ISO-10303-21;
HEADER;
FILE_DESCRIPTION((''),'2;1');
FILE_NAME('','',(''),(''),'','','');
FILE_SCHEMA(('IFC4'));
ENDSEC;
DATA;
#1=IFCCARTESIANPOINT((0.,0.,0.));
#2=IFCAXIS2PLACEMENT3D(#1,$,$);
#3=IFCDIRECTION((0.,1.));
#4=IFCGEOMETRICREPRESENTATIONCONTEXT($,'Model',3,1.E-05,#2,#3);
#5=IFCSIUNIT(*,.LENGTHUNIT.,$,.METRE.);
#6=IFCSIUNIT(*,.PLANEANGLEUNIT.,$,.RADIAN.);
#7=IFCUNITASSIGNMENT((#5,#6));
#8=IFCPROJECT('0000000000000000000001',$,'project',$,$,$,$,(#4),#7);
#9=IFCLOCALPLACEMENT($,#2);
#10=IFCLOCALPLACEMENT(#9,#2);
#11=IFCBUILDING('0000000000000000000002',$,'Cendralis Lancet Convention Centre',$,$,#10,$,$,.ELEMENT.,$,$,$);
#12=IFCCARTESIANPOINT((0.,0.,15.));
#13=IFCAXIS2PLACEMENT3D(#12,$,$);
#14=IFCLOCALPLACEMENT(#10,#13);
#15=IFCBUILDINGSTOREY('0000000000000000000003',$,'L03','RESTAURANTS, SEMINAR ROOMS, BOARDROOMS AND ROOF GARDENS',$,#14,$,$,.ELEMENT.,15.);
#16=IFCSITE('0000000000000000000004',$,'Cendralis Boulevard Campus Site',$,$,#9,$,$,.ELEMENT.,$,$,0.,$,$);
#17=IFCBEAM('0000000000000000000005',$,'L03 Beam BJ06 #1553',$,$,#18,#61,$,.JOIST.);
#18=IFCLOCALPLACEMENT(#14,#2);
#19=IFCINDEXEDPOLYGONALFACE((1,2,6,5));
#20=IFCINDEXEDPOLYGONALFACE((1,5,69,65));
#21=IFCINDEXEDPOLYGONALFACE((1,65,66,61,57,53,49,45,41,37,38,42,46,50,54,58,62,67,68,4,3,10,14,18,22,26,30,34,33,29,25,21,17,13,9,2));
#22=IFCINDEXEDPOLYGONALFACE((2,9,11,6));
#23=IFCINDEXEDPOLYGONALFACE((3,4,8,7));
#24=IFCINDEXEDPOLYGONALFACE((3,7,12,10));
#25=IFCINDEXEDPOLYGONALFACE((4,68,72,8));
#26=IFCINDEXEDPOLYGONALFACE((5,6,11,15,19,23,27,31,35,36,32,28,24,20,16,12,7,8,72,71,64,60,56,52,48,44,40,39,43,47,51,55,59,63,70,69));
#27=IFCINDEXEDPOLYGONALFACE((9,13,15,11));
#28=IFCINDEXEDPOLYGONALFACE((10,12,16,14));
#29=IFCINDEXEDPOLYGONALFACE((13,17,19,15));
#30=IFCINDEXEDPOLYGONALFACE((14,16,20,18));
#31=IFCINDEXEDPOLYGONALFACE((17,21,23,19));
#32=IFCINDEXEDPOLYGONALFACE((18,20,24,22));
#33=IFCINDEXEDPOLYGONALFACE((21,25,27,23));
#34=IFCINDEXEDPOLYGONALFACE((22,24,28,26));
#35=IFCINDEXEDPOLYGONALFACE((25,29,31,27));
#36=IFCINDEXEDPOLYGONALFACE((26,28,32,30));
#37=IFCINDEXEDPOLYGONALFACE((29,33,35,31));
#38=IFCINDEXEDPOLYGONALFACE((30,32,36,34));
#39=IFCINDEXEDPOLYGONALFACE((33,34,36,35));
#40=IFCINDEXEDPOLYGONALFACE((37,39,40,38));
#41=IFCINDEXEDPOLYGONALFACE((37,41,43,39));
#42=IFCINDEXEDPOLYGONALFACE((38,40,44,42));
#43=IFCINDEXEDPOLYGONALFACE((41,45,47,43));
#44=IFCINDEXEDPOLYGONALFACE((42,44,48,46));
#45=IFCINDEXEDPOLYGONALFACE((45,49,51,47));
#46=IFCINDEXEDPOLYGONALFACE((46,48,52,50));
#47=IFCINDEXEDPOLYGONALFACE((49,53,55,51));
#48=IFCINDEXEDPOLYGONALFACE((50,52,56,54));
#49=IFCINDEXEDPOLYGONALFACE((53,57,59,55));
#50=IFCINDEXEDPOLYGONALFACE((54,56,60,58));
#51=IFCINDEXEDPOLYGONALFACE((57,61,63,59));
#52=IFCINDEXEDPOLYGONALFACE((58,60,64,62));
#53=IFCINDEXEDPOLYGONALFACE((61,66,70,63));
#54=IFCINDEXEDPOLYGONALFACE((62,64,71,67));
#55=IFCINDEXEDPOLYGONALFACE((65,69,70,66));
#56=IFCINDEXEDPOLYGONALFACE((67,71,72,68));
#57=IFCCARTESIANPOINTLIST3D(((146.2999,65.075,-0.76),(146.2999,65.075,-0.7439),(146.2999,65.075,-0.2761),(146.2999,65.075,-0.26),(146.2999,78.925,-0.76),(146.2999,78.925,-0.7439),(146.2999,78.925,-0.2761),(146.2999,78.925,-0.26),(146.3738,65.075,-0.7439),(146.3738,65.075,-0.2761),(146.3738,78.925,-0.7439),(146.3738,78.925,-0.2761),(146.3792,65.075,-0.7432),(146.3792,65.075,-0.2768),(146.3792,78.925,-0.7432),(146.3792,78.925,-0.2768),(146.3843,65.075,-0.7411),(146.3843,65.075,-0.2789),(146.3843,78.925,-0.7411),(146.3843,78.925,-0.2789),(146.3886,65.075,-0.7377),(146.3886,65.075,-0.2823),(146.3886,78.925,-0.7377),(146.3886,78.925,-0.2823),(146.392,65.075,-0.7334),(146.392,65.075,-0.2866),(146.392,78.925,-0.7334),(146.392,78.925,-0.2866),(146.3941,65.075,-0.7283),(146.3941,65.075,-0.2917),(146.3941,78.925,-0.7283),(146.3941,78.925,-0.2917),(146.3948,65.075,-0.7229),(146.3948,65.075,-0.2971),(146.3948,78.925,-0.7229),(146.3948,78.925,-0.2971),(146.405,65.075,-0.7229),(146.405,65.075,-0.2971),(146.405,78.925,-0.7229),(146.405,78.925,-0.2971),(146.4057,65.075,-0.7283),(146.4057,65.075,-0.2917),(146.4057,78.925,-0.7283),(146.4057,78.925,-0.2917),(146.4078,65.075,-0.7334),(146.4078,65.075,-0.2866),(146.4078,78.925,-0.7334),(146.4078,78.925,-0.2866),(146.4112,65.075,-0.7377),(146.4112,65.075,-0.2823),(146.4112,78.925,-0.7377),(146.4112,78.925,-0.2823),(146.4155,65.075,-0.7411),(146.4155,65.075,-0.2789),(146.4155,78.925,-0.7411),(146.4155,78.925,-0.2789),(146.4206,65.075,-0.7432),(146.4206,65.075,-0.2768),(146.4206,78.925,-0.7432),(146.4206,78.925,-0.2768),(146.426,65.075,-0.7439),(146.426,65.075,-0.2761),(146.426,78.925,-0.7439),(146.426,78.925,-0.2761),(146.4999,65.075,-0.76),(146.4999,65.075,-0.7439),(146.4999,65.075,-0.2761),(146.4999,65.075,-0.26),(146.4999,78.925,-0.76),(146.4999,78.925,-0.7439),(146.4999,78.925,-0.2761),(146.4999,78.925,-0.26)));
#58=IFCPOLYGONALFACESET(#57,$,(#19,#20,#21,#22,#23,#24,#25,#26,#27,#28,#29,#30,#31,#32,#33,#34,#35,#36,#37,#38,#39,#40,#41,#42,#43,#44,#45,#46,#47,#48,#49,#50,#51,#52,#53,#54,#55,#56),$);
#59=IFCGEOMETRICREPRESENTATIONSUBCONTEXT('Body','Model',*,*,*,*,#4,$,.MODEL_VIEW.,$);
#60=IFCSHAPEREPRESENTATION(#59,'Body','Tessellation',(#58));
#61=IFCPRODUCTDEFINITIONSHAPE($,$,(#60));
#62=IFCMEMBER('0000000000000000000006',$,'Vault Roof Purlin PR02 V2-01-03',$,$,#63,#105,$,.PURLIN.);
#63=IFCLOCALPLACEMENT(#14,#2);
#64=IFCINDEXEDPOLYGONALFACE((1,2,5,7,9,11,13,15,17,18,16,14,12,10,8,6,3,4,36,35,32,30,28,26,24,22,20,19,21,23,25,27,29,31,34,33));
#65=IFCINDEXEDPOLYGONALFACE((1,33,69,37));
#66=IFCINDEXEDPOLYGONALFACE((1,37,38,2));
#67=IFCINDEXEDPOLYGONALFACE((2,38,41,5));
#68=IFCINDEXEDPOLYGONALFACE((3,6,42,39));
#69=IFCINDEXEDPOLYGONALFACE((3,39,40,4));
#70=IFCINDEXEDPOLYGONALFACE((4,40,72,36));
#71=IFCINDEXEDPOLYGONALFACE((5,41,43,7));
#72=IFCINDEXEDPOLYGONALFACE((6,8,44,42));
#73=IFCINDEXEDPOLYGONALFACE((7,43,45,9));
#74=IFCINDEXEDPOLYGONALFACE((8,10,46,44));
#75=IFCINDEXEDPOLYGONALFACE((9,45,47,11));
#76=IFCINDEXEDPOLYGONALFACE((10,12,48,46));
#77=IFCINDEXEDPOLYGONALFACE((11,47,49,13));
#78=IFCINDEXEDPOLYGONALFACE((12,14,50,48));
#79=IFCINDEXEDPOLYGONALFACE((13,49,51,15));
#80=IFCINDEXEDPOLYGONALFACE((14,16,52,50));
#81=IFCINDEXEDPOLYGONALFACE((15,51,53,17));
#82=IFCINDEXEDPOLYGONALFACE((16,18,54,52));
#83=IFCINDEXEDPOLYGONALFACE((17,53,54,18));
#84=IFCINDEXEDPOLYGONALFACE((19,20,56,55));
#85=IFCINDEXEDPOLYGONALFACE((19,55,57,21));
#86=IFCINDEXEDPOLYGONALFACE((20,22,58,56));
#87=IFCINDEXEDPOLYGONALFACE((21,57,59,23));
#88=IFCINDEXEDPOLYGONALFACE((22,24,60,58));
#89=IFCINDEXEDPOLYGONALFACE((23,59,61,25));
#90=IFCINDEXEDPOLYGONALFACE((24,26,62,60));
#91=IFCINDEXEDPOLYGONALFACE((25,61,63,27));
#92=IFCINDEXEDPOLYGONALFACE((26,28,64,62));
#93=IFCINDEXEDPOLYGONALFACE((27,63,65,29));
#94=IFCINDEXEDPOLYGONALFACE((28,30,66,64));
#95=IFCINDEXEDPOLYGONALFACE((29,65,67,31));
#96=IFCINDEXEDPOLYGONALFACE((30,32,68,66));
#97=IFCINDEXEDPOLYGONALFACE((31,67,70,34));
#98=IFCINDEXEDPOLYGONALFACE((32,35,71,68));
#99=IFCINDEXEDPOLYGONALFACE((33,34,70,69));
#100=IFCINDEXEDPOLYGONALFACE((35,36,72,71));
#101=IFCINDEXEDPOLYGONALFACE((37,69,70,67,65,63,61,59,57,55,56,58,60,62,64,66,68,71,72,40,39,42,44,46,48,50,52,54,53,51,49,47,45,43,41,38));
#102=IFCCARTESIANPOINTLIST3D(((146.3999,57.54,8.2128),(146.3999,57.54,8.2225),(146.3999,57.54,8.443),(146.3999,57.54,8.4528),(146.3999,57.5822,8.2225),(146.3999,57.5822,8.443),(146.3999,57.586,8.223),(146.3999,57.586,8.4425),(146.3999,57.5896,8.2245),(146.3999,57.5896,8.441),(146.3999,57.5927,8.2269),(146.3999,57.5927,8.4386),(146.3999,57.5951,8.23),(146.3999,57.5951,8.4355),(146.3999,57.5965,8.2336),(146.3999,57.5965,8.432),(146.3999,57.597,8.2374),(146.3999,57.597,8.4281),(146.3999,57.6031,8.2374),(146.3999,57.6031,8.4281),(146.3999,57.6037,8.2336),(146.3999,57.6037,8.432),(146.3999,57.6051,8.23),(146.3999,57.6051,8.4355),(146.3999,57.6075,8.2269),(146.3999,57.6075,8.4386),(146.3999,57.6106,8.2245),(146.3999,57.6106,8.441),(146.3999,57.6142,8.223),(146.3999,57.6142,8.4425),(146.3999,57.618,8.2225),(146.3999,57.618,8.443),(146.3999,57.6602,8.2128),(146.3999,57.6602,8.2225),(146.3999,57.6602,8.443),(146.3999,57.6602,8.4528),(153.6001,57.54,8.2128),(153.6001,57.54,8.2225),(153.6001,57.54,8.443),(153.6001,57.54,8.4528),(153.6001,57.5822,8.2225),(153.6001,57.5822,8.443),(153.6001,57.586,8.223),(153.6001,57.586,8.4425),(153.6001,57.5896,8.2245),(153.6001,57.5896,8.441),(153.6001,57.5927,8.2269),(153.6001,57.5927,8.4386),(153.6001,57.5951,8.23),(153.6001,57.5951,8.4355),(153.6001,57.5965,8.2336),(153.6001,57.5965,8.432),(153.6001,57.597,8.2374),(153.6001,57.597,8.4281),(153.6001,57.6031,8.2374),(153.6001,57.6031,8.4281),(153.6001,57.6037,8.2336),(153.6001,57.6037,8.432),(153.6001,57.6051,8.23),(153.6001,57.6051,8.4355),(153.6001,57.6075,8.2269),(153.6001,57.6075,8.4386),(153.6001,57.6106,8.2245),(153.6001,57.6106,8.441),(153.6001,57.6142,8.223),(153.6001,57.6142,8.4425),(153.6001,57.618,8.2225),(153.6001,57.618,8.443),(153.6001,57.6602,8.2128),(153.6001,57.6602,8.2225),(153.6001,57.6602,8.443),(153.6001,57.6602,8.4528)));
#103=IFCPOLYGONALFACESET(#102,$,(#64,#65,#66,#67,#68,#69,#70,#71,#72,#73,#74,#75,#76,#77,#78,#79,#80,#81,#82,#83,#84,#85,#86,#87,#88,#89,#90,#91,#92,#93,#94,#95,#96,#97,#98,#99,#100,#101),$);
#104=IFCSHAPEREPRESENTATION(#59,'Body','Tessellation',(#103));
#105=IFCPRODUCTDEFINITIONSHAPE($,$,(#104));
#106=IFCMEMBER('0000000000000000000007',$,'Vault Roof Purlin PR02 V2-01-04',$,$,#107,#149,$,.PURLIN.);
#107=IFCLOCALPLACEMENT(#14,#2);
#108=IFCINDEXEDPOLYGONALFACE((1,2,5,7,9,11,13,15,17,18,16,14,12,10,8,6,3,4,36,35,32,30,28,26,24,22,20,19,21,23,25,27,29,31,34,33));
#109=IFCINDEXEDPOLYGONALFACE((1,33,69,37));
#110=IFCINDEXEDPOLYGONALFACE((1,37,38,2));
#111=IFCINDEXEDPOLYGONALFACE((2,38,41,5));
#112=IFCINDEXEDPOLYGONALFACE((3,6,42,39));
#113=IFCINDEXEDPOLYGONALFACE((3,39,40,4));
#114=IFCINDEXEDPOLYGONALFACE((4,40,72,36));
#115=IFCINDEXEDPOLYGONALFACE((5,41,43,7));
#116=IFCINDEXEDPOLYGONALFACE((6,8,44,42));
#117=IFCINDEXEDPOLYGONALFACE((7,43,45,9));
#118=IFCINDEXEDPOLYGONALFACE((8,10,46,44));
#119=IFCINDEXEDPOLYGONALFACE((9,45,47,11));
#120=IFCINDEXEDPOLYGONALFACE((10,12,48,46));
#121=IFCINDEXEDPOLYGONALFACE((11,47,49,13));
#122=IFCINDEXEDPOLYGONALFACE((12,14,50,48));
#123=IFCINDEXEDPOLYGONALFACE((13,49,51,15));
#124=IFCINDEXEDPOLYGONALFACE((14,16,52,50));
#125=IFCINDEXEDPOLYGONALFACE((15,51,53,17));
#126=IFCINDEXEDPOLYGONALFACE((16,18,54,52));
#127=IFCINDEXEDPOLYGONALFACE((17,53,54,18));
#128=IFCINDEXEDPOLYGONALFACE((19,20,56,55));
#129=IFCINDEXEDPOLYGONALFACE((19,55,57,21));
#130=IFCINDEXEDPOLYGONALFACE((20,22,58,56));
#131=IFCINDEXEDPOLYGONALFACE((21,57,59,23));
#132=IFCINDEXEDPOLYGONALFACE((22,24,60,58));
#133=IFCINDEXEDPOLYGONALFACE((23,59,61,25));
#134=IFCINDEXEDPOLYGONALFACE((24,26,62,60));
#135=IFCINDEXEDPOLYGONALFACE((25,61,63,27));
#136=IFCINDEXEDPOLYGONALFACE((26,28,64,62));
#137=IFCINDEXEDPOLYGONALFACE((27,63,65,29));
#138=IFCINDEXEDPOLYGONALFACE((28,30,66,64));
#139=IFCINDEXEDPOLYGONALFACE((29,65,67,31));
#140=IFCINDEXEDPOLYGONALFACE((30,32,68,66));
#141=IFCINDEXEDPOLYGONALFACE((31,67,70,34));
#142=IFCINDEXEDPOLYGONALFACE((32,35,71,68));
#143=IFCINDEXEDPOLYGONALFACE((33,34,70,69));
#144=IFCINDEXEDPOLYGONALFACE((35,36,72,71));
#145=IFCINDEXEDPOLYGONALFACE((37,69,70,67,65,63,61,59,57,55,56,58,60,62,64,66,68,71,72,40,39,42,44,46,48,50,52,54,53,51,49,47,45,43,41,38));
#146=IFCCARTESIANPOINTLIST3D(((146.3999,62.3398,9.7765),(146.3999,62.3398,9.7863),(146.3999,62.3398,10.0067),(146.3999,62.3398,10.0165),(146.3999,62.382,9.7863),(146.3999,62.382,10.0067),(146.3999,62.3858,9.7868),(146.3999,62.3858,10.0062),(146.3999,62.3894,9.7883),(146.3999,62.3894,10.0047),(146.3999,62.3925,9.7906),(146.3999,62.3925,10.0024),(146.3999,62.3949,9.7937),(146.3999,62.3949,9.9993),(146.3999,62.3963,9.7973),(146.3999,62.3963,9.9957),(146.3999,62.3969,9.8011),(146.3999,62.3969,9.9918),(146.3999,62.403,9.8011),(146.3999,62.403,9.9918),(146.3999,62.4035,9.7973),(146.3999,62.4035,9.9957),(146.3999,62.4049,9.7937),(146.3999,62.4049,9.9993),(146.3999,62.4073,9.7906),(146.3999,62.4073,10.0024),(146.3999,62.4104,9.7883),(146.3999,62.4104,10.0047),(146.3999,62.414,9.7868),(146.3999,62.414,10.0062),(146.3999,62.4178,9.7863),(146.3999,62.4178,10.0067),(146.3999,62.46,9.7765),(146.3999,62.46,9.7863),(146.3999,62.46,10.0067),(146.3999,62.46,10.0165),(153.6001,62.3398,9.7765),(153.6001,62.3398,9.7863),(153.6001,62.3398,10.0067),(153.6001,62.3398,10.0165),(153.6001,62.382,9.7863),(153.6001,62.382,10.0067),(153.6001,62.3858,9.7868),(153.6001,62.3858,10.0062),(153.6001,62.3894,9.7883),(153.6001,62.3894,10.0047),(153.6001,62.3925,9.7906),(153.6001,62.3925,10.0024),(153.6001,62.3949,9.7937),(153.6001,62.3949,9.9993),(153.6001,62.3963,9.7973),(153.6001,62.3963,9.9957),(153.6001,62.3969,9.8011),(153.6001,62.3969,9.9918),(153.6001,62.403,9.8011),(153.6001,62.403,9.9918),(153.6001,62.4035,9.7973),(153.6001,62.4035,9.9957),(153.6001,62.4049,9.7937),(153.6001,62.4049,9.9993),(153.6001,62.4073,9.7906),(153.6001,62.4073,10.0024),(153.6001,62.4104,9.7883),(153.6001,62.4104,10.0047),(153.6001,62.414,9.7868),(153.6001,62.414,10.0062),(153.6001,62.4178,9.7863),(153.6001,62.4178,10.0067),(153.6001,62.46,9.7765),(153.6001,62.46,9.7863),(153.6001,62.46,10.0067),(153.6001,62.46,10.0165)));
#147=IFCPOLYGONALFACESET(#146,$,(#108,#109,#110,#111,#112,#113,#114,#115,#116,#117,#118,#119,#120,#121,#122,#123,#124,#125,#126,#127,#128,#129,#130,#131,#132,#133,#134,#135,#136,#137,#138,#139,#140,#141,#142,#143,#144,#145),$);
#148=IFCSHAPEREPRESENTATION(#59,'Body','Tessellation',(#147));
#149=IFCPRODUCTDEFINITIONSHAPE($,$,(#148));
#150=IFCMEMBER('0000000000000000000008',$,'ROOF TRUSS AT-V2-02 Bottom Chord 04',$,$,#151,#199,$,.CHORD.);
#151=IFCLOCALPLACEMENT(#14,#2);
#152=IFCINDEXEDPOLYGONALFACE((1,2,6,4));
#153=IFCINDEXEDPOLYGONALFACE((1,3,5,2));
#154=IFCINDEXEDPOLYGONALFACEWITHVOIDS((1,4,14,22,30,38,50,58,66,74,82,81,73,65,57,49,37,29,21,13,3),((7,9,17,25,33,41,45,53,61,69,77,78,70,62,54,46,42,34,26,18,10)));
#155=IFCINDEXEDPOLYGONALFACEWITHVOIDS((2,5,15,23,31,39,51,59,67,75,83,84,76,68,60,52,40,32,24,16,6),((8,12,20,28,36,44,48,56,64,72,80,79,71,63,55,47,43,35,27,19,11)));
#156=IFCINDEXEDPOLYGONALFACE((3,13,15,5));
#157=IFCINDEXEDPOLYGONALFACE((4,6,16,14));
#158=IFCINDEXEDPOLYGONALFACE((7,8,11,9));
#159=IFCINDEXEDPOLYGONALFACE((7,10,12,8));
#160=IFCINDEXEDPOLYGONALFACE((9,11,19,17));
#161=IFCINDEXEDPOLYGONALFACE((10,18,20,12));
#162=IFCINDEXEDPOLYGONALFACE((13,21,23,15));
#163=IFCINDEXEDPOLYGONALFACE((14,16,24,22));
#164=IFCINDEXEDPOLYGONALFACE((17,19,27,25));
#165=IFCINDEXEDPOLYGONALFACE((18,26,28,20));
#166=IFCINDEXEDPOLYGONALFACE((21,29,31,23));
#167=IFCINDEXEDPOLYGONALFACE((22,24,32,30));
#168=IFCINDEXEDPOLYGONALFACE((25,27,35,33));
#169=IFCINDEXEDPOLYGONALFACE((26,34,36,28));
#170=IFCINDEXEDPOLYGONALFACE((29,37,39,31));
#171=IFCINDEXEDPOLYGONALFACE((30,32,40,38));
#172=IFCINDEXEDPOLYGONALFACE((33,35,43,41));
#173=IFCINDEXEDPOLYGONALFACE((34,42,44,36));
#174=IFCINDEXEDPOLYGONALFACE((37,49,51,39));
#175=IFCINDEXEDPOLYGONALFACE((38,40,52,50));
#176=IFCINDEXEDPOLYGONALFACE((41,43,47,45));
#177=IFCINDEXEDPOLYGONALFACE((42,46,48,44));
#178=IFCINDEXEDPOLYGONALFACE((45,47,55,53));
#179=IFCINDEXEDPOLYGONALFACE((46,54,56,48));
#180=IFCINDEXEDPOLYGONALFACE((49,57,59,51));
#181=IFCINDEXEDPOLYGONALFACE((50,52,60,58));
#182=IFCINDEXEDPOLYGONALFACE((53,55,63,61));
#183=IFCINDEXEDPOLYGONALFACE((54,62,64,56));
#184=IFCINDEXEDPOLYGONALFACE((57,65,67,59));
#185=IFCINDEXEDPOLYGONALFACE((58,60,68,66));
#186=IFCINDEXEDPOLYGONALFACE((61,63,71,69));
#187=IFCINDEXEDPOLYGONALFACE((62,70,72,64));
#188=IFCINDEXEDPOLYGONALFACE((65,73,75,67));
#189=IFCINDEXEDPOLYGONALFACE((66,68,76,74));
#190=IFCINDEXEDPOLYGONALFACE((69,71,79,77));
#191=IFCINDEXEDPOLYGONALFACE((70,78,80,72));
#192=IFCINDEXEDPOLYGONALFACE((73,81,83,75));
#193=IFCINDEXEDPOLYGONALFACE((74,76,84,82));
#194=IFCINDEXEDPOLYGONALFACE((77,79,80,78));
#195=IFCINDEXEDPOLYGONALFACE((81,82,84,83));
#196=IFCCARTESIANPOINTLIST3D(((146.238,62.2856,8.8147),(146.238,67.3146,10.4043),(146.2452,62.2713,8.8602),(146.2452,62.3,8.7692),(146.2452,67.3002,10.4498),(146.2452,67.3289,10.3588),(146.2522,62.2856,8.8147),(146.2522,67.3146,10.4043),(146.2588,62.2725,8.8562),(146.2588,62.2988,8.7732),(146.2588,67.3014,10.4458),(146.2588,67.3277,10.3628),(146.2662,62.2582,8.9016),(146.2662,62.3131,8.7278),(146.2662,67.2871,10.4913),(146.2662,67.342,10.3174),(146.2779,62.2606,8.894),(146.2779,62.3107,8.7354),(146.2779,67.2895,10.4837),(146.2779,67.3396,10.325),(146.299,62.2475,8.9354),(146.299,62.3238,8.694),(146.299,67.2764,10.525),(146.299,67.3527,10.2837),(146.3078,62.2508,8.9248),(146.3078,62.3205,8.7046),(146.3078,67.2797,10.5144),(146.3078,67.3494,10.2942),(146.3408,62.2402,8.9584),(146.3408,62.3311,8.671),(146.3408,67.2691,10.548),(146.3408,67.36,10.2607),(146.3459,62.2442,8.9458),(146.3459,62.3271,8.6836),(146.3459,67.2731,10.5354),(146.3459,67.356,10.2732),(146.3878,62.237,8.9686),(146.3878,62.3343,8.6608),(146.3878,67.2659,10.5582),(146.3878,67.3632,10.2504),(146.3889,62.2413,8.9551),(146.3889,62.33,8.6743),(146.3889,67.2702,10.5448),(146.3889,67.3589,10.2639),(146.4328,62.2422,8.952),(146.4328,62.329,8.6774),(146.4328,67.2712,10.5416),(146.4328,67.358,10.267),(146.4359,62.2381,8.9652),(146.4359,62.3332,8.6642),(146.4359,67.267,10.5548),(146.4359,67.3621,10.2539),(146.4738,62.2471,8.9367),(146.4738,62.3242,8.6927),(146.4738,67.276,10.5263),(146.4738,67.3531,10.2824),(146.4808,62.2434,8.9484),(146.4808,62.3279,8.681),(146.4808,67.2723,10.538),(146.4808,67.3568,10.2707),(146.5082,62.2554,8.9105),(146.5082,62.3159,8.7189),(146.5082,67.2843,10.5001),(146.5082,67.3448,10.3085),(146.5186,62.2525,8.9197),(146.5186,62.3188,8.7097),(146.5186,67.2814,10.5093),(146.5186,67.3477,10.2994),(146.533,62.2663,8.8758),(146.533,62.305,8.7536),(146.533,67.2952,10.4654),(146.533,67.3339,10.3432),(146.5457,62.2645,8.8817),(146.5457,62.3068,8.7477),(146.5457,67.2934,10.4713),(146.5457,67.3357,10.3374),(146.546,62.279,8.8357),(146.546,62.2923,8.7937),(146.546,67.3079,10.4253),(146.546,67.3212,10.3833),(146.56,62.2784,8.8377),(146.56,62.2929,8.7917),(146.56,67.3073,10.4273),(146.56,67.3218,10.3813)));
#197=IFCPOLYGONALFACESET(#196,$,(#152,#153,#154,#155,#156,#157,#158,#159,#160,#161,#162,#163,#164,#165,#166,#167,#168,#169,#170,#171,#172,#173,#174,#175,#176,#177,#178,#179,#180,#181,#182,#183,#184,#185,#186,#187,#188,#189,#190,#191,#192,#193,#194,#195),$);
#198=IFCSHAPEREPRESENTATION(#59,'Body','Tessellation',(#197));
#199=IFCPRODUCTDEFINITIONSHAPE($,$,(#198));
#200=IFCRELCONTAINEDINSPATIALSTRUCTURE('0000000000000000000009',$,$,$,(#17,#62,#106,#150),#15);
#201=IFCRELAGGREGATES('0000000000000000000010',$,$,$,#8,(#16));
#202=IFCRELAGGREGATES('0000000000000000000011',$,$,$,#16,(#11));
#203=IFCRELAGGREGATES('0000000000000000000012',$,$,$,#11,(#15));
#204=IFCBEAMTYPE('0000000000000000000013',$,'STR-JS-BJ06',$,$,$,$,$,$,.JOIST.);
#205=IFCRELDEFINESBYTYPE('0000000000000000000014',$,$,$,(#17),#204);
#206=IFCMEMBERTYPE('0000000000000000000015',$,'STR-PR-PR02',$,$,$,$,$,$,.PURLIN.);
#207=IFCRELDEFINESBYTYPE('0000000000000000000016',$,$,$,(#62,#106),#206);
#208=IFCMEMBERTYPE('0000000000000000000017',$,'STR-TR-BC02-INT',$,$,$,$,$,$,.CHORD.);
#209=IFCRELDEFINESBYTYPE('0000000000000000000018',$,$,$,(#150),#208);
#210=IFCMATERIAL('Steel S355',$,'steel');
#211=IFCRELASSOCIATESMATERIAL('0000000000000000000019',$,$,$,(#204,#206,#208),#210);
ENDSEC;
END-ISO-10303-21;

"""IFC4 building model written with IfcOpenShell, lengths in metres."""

from ifc_helpers import new_model, si_unit, direction, frame, origin, origin_2d, place, context, subcontext, project, spatial, hollow_circle, i_section, extrude, material, material_profile, profile_set, type_object, element, save


model = new_model("IFC4")

# Units and contexts
model_context = context("Model", 3, precision=1e-05, world=origin(), true_north=direction((0.0, 1.0)))
body_context = subcontext(model_context, "Body", "Model", "MODEL_VIEW")
ifc_project = project(units=[si_unit("LENGTHUNIT", "METRE"), si_unit("PLANEANGLEUNIT", "RADIAN")], contexts=[model_context])

# Site, building, storey
site_placement = place(None, origin())
site = spatial("IfcSite", under=ifc_project, at=site_placement, Name="Cendralis Boulevard Campus Site", CompositionType="ELEMENT", RefElevation=0.0)
building_placement = place(site_placement, origin())
building = spatial("IfcBuilding", under=site, at=building_placement, Name="Cendralis Lancet Convention Centre", CompositionType="ELEMENT")
storey_placement = place(building_placement, frame((0.0, 0.0, 15.0)))
storey = spatial("IfcBuildingStorey", under=building, at=storey_placement, Name="L03", Description="RESTAURANTS, SEMINAR ROOMS, BOARDROOMS AND ROOF GARDENS", CompositionType="ELEMENT", Elevation=15.0)

# Shared definitions
ifc_material_1 = material(Name="Steel S355", Category="steel")

# Beam
ifc_material_profile_1 = material_profile(ifc_material_1, i_section(OverallWidth=0.2, OverallDepth=0.5, WebThickness=0.0103, FlangeThickness=0.0161, FilletRadius=0.021, at=origin_2d()), Name="IPE 500")
ifc_profile_set_1 = profile_set([ifc_material_profile_1], Name="Steel S355")
beam_type_1 = type_object("IfcBeamType", Name="STR-JS-BJ06", PredefinedType="JOIST", material=ifc_profile_set_1)
beam_1_placement = place(storey_placement, frame((146.3999, 65.075, -0.51), z_axis=(0.0, 1.0, 0.0), x_axis=(-1.0, 0.0, 0.0)))
element("IfcBeam", 1, at=beam_1_placement, inside=storey, type_object=beam_type_1, Name="L03 Beam BJ06 #1553", PredefinedType="JOIST", context=body_context, shape_type="SweptSolid", body=[
    extrude(i_section(OverallWidth=0.2, OverallDepth=0.5, WebThickness=0.0103, FlangeThickness=0.0161, FilletRadius=0.021, at=origin_2d()), origin(), (0.0, 0.0, 1.0), 13.8501),
])

# Members
ifc_material_profile_2 = material_profile(ifc_material_1, i_section(OverallWidth=0.1201, OverallDepth=0.24, WebThickness=0.0061, FlangeThickness=0.0098, FilletRadius=0.0149, at=origin_2d()), Name="IPE 240")
ifc_profile_set_2 = profile_set([ifc_material_profile_2], Name="Steel S355")
member_type_1 = type_object("IfcMemberType", Name="STR-PR-PR02", PredefinedType="PURLIN", material=ifc_profile_set_2)
for number, where, z_axis, x_axis, name in (
    (2, (146.3999, 57.6001, 8.3328), (1.0, 0.0, 0.0), (0.0, 1.0, 0.0), "Vault Roof Purlin PR02 V2-01-03"),
    (3, (146.3999, 62.3999, 9.8965), (1.0, 0.0, 0.0), (0.0, 1.0, 0.0), "Vault Roof Purlin PR02 V2-01-04"),
):
    element("IfcMember", number, at=place(storey_placement, frame(where, z_axis=z_axis, x_axis=x_axis)), inside=storey, type_object=member_type_1, Name=name, PredefinedType="PURLIN", context=body_context, shape_type="SweptSolid", body=[
        extrude(i_section(OverallWidth=0.1201, OverallDepth=0.24, WebThickness=0.0061, FlangeThickness=0.0098, FilletRadius=0.0149, at=origin_2d()), origin(), (0.0, 0.0, 1.0), 7.2002),
    ])
ifc_material_profile_3 = material_profile(ifc_material_1, hollow_circle(Radius=0.1619, WallThickness=0.0142, at=origin_2d()), Name="CHS 323.9x14.2")
ifc_profile_set_3 = profile_set([ifc_material_profile_3], Name="Steel S355")
member_type_2 = type_object("IfcMemberType", Name="STR-TR-BC02-INT", PredefinedType="CHORD", material=ifc_profile_set_3)
member_1_placement = place(storey_placement, frame((146.3999, 62.2856, 8.8147), z_axis=(0.0, 0.953498, 0.301399), x_axis=(-1.0, 0.0, 0.0)))
element("IfcMember", 4, at=member_1_placement, inside=storey, type_object=member_type_2, Name="ROOF TRUSS AT-V2-02 Bottom Chord 04", PredefinedType="CHORD", context=body_context, shape_type="SweptSolid", body=[
    extrude(hollow_circle(Radius=0.1619, WallThickness=0.0142, at=origin_2d()), origin(), (0.0, 0.0, 1.0), 5.2742),
])

save(model, "model.ifc")
